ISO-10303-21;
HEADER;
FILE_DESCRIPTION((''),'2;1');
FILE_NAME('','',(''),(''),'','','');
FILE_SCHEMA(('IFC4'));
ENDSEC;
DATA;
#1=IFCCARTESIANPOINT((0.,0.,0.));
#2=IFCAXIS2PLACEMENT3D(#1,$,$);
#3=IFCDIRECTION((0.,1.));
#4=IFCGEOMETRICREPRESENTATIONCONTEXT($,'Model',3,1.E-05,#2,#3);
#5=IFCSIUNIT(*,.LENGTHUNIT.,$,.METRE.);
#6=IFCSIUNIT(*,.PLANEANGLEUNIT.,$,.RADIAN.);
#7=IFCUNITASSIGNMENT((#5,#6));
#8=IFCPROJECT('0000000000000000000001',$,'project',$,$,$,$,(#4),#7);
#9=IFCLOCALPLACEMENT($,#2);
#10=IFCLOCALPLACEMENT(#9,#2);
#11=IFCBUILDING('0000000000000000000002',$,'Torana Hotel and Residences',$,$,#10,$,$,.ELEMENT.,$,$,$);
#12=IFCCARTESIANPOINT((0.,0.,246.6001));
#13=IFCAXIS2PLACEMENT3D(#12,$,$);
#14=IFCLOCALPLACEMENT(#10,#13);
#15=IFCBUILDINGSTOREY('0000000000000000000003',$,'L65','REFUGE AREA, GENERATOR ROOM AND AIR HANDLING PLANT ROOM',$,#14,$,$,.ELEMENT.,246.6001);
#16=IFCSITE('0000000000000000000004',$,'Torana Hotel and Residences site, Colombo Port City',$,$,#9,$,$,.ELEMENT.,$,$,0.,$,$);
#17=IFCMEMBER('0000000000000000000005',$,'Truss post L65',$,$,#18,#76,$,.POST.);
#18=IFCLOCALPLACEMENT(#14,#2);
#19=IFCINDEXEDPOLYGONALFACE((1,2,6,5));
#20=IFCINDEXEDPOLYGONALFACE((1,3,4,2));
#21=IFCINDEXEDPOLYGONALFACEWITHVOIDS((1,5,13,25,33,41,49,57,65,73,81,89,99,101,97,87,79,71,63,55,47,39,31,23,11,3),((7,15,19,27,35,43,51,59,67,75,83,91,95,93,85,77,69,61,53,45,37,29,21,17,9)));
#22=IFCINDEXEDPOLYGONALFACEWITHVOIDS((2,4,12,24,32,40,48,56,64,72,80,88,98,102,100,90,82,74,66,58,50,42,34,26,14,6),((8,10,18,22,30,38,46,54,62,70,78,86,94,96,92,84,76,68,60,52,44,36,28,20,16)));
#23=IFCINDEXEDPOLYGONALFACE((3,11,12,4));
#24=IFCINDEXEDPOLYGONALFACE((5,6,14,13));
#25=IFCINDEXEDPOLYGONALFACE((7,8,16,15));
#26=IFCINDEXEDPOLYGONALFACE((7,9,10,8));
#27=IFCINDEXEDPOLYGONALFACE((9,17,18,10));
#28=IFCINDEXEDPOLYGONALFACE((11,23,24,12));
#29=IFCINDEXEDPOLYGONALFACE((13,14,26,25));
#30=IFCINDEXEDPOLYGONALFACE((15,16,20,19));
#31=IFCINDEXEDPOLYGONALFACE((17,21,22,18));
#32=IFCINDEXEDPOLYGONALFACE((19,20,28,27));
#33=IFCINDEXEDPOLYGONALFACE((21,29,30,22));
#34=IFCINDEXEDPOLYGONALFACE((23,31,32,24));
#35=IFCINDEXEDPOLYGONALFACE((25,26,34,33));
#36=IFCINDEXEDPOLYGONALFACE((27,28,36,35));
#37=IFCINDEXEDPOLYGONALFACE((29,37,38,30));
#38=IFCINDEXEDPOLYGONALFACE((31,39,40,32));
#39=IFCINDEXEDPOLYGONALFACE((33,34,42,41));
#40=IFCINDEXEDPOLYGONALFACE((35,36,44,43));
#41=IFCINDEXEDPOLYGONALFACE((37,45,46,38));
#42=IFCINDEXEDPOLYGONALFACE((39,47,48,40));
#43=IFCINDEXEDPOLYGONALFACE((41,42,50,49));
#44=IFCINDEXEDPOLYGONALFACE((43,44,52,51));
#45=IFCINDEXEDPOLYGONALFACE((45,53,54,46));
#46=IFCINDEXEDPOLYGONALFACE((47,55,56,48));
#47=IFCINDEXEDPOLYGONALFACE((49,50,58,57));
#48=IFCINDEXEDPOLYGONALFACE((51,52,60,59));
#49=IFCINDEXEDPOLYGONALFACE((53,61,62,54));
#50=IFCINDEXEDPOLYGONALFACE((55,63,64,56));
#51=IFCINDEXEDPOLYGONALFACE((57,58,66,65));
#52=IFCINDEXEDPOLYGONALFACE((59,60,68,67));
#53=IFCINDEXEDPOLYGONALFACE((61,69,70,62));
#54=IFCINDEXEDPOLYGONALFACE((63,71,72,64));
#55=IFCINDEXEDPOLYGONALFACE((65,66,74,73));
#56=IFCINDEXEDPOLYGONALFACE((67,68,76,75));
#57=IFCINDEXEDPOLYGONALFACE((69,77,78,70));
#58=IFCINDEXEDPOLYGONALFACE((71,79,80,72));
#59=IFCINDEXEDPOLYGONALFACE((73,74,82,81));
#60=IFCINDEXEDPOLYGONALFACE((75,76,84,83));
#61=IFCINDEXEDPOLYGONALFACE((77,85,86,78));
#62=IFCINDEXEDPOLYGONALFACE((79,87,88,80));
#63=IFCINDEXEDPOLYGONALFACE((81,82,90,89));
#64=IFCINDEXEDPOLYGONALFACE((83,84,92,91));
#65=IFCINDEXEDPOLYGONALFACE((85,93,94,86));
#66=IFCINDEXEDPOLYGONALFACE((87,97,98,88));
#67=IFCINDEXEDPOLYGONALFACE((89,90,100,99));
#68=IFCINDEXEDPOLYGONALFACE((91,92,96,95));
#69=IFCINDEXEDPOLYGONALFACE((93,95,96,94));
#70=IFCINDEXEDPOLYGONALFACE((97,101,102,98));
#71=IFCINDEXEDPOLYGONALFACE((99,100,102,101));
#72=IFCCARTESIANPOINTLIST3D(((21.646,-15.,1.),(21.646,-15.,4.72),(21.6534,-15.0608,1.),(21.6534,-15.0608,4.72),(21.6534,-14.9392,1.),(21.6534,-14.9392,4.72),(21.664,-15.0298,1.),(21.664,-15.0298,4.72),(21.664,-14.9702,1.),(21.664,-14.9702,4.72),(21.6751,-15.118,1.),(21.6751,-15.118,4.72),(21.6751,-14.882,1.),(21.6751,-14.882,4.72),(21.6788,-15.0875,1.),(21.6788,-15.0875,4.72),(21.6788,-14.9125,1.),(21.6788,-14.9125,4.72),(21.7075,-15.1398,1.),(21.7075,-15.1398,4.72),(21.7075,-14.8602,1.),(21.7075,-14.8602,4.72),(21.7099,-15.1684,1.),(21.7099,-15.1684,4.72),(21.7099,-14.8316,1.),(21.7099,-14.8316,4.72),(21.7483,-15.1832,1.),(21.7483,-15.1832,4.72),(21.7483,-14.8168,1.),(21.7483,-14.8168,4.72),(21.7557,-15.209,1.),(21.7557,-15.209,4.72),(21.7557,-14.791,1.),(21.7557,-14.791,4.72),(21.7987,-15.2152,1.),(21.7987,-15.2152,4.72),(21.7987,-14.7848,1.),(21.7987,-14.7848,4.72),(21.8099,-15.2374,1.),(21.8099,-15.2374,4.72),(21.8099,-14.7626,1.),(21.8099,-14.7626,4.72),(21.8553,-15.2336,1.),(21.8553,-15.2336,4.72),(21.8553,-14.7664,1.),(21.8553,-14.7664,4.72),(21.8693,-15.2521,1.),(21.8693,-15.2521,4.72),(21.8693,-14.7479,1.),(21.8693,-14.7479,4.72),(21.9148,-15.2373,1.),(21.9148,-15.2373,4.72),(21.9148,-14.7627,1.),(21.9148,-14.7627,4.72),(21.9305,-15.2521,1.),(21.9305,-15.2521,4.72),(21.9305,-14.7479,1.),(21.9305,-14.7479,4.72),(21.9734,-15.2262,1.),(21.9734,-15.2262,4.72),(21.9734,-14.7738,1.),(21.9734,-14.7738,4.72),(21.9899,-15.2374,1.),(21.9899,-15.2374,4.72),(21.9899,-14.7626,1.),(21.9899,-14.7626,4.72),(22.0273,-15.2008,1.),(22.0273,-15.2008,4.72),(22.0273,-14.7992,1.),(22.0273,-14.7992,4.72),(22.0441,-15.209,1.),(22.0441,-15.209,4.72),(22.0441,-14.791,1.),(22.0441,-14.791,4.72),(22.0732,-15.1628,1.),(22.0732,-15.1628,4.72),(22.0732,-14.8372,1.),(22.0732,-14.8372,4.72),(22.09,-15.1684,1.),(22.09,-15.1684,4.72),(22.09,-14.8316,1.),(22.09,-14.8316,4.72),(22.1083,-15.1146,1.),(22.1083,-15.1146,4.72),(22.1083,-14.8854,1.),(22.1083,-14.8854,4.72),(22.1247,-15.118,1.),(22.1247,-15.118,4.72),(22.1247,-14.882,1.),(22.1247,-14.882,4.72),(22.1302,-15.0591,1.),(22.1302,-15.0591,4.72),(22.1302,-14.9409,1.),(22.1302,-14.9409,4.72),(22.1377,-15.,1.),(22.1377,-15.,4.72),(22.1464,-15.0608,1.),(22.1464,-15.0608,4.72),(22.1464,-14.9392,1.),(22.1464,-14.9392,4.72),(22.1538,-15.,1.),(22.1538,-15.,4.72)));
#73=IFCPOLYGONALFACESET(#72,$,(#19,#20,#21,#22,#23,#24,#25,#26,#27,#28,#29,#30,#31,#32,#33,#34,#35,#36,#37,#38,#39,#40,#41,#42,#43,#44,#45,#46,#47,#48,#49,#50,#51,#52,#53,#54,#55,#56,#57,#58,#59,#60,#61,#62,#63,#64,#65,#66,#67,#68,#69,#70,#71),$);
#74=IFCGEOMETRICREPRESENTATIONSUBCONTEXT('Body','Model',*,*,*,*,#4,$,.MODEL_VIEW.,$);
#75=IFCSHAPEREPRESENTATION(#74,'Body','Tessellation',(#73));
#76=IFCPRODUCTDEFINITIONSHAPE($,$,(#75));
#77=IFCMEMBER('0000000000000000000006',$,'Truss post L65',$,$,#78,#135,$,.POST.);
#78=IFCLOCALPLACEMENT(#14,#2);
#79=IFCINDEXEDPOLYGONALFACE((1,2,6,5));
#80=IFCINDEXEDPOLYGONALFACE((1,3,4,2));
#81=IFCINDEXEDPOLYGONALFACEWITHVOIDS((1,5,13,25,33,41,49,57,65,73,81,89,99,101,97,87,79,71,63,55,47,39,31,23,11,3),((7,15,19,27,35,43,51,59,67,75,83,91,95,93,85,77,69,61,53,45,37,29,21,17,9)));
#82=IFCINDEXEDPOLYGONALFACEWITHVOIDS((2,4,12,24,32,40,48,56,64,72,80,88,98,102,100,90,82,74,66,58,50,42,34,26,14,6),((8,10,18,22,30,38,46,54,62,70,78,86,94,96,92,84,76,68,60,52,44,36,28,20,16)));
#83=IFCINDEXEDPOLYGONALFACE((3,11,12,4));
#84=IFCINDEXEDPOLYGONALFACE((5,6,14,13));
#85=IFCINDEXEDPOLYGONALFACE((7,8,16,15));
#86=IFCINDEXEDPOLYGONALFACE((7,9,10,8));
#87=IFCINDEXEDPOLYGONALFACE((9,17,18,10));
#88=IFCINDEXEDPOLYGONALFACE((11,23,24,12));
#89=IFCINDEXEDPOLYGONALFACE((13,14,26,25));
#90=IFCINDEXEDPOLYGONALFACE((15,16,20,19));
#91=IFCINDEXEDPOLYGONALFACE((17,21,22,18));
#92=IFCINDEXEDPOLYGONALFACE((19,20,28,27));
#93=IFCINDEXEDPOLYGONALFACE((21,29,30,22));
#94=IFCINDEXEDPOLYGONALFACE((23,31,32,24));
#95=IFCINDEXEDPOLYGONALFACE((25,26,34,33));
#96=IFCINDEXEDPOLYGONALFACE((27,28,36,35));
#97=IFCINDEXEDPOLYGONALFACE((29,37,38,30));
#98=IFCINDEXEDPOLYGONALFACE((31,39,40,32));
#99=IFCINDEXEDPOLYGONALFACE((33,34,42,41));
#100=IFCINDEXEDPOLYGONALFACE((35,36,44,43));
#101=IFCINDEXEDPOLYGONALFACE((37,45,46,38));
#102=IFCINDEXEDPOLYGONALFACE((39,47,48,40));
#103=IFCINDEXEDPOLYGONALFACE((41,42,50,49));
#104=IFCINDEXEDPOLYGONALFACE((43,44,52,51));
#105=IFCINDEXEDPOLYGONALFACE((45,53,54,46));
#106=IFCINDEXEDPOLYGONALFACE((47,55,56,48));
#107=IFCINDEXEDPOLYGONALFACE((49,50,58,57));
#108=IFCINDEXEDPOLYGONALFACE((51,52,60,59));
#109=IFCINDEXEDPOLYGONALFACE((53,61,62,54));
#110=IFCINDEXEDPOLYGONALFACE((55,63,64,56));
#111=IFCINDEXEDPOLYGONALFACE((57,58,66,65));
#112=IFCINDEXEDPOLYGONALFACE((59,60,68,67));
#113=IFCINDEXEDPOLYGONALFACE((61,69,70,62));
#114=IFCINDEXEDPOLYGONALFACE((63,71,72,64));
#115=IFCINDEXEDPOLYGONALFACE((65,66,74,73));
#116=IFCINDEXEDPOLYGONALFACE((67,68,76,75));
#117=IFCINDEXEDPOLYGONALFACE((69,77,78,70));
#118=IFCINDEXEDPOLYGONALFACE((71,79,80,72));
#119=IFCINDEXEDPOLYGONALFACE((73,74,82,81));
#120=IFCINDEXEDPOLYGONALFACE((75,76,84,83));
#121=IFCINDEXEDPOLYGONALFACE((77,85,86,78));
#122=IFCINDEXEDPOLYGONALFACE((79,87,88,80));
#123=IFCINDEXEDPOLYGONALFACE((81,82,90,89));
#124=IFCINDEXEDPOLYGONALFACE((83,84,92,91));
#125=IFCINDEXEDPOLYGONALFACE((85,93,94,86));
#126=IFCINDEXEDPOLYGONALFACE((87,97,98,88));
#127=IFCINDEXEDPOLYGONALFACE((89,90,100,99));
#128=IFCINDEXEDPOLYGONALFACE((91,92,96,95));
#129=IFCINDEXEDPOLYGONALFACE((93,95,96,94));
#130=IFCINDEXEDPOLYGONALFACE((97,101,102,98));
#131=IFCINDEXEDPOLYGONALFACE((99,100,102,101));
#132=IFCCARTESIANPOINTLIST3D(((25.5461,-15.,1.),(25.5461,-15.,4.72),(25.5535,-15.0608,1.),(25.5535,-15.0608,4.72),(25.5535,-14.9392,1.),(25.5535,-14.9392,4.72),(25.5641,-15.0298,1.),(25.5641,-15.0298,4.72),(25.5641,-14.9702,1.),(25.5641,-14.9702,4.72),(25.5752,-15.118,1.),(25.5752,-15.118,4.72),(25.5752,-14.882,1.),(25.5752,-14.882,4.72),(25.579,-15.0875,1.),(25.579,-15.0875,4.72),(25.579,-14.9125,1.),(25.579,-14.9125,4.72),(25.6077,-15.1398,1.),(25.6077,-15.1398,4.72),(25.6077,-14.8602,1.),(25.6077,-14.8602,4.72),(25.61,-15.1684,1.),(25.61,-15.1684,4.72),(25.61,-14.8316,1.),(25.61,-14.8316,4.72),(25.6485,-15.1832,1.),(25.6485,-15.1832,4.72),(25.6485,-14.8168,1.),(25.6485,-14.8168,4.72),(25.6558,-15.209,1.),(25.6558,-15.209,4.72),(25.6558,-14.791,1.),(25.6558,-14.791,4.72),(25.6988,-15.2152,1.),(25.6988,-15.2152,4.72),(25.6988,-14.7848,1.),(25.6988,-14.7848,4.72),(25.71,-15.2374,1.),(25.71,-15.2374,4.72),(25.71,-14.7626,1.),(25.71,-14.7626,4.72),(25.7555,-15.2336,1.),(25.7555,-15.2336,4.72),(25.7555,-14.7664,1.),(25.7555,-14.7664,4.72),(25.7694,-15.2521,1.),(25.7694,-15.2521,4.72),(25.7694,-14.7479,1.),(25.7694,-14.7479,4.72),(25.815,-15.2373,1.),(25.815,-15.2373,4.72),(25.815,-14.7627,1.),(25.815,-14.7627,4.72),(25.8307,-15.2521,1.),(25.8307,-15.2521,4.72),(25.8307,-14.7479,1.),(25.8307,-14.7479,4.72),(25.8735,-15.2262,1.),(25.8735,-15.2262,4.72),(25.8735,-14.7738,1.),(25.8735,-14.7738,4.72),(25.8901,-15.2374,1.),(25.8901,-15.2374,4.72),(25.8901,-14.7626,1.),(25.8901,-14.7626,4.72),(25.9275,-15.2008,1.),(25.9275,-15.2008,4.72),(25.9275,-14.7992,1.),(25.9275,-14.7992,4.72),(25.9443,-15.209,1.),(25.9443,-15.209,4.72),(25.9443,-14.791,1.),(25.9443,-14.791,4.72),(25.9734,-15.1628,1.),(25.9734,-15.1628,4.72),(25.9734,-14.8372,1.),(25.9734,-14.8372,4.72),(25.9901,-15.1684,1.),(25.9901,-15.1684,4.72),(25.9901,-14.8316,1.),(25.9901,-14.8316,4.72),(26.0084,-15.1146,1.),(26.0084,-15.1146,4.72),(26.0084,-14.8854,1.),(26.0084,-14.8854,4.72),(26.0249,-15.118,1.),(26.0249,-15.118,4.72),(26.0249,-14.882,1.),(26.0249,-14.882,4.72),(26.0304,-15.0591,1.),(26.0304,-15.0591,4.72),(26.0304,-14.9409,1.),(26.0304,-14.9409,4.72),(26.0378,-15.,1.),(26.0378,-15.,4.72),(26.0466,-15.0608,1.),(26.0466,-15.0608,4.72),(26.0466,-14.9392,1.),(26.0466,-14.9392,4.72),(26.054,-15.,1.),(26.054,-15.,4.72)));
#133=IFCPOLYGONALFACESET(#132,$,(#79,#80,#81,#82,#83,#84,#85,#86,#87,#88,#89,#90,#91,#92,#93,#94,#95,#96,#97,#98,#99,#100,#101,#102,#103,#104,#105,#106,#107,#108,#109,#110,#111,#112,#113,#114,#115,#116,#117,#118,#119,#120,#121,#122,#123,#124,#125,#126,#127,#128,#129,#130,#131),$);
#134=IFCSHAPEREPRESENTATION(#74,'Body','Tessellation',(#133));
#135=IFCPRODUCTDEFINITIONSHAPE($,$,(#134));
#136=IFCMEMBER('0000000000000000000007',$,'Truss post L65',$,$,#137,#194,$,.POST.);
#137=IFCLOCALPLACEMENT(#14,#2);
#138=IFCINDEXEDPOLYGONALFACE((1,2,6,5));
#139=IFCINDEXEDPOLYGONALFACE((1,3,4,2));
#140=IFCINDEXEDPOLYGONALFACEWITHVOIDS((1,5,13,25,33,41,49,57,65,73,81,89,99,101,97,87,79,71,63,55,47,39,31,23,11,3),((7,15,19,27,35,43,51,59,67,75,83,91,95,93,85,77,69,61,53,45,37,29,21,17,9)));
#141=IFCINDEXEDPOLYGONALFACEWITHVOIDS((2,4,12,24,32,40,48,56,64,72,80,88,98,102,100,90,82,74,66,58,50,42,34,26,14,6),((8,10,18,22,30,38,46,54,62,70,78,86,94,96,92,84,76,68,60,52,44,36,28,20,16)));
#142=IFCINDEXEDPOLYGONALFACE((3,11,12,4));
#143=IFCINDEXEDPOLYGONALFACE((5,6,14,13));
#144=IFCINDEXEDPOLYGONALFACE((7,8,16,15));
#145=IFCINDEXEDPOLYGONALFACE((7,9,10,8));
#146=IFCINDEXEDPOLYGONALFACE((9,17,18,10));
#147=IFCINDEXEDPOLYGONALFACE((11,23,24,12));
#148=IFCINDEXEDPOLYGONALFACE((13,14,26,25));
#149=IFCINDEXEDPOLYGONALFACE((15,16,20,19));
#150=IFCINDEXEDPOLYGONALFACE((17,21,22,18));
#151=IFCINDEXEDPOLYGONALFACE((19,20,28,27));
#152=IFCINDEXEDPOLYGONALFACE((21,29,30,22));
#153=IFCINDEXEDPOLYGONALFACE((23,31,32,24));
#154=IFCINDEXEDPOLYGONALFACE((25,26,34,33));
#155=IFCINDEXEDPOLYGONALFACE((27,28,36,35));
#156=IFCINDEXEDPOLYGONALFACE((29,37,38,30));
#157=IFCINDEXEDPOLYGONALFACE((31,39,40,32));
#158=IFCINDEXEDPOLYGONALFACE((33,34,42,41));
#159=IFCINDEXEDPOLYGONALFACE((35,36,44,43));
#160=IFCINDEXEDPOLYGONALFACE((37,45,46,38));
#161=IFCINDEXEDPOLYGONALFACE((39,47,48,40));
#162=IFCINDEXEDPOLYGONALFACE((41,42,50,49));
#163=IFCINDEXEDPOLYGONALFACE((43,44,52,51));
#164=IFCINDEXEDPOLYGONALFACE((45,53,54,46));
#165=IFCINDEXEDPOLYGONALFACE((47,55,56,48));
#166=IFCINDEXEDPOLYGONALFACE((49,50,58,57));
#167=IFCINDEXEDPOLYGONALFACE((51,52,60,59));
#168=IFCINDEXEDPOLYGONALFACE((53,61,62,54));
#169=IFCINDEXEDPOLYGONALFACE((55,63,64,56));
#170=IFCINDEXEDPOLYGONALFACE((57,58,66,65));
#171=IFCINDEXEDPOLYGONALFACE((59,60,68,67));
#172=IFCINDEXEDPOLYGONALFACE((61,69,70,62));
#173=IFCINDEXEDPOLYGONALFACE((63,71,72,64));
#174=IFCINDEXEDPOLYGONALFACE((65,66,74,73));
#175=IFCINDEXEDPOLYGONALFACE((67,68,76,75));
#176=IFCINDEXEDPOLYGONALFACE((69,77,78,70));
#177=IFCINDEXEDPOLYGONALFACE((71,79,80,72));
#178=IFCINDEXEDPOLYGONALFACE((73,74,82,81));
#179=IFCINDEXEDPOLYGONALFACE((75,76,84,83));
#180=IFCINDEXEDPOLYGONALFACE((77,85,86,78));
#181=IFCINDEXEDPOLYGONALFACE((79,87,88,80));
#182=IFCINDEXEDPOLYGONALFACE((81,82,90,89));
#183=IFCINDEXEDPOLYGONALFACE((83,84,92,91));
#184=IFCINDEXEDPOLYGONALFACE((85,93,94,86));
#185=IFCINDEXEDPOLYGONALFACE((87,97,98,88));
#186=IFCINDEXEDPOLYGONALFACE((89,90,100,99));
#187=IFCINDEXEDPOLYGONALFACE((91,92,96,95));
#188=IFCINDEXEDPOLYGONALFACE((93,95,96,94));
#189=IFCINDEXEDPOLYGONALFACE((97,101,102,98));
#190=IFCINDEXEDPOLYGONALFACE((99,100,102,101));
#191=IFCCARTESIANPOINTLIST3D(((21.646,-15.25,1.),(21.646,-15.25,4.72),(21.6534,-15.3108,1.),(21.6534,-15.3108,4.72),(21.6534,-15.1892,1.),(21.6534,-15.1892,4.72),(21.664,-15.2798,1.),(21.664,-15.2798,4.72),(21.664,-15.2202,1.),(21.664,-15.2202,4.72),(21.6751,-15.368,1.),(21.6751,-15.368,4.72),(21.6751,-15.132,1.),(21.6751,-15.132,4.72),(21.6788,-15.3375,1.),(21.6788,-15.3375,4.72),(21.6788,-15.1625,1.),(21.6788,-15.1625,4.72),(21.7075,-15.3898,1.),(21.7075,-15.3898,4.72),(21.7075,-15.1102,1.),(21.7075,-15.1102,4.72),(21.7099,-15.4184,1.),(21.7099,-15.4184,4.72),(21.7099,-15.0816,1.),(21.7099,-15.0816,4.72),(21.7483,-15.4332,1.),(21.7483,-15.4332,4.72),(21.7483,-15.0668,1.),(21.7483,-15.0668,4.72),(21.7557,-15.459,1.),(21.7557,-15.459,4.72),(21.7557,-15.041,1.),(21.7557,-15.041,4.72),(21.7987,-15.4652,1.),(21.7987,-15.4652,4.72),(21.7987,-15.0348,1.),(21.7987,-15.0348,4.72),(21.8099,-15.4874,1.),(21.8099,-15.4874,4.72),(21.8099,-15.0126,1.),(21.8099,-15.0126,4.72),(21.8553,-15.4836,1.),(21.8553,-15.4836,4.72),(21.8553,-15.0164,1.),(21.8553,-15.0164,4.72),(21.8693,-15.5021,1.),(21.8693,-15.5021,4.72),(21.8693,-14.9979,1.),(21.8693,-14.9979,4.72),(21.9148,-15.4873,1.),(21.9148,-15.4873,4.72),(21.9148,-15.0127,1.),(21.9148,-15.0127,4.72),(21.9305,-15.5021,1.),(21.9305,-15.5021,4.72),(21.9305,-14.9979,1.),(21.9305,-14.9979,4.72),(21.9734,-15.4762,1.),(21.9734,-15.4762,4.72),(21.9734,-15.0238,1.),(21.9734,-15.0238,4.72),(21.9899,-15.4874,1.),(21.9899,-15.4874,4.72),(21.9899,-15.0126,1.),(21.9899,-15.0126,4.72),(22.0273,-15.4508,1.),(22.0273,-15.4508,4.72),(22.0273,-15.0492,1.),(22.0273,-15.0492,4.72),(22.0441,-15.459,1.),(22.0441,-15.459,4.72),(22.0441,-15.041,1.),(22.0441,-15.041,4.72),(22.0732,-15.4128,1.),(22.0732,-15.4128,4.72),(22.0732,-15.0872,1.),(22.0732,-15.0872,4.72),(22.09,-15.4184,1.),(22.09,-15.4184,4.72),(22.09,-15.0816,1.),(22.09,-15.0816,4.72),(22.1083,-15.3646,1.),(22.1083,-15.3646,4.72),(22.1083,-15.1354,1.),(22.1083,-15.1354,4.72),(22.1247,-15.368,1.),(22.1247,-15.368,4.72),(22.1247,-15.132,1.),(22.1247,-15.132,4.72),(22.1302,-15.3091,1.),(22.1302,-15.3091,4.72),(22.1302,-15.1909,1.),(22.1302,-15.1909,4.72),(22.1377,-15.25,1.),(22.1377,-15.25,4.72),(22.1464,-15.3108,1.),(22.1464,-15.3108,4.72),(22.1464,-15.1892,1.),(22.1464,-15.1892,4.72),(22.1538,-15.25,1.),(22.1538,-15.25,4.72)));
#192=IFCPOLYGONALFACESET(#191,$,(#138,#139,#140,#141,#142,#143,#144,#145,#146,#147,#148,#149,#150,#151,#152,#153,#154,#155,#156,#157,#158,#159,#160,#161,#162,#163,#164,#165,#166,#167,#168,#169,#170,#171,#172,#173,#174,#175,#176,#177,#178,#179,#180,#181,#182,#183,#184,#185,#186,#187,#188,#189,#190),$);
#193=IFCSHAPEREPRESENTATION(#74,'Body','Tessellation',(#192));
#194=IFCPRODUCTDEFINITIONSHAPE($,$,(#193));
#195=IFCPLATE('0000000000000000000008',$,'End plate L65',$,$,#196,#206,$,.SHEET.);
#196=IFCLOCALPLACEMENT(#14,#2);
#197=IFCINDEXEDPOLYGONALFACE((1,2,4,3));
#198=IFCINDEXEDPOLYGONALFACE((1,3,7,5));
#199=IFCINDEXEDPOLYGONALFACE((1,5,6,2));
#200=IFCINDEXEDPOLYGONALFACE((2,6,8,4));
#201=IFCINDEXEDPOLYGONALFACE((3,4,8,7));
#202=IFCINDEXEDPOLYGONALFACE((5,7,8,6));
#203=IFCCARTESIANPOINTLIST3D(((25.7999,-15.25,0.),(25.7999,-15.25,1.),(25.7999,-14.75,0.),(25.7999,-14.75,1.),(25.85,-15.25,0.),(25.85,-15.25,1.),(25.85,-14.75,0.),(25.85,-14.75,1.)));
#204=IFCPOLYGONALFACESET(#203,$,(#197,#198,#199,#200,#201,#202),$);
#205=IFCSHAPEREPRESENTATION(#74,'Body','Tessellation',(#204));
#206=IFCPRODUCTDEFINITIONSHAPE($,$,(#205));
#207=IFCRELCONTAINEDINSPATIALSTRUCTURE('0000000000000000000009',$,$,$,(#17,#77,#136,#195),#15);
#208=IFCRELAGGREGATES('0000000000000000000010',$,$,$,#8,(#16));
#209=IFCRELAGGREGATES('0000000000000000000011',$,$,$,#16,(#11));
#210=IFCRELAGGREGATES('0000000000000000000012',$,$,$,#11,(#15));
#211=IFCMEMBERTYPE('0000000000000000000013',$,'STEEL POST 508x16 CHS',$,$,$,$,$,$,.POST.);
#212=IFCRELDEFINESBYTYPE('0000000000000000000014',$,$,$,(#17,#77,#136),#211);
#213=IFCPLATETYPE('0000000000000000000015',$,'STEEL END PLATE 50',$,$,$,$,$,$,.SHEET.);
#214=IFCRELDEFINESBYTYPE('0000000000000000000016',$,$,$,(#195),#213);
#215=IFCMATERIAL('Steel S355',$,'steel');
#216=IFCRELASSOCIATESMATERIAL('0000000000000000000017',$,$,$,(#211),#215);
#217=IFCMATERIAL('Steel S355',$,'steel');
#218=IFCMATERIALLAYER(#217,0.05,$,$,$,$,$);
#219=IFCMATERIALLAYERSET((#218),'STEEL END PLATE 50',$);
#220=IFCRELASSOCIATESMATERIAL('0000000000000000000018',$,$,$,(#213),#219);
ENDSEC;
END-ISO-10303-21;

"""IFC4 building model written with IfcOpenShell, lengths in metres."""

from ifc_helpers import new_model, si_unit, direction, frame, origin, origin_2d, place, context, subcontext, project, spatial, rectangle, hollow_circle, extrude, material, layer, layer_set, material_profile, profile_set, type_object, element, save


model = new_model("IFC4")

# Units and contexts
model_context = context("Model", 3, precision=1e-05, world=origin(), true_north=direction((0.0, 1.0)))
body_context = subcontext(model_context, "Body", "Model", "MODEL_VIEW")
ifc_project = project(units=[si_unit("LENGTHUNIT", "METRE"), si_unit("PLANEANGLEUNIT", "RADIAN")], contexts=[model_context])

# Site, building, storey
site_placement = place(None, origin())
site = spatial("IfcSite", under=ifc_project, at=site_placement, Name="Torana Hotel and Residences site, Colombo Port City", CompositionType="ELEMENT", RefElevation=0.0)
building_placement = place(site_placement, origin())
building = spatial("IfcBuilding", under=site, at=building_placement, Name="Torana Hotel and Residences", CompositionType="ELEMENT")
storey_placement = place(building_placement, frame((0.0, 0.0, 246.6001)))
storey = spatial("IfcBuildingStorey", under=building, at=storey_placement, Name="L65", Description="REFUGE AREA, GENERATOR ROOM AND AIR HANDLING PLANT ROOM", CompositionType="ELEMENT", Elevation=246.6001)

# Members
ifc_material_1 = material(Name="Steel S355", Category="steel")
ifc_material_profile_1 = material_profile(ifc_material_1, hollow_circle(Radius=0.2539, WallThickness=0.0161, at=origin_2d()), Name="508x16 CHS")
ifc_profile_set_1 = profile_set([ifc_material_profile_1], Name="Steel S355")
member_type_1 = type_object("IfcMemberType", Name="STEEL POST 508x16 CHS", PredefinedType="POST", material=ifc_profile_set_1)
for number, where, z_axis, x_axis, name in (
    (1, (21.8999, -15.0, 1.0), (0.0, 0.0, 1.0), (1.0, 0.0, 0.0), "Truss post L65"),
    (2, (25.8, -15.0, 1.0), (0.0, 0.0, 1.0), (1.0, 0.0, 0.0), "Truss post L65"),
    (3, (21.8999, -15.25, 1.0), (0.0, 0.0, 1.0), (1.0, 0.0, 0.0), "Truss post L65"),
):
    element("IfcMember", number, at=place(storey_placement, frame(where, z_axis=z_axis, x_axis=x_axis)), inside=storey, type_object=member_type_1, Name=name, PredefinedType="POST", context=body_context, shape_type="SweptSolid", body=[
        extrude(hollow_circle(Radius=0.2539, WallThickness=0.0161, at=origin_2d()), origin(), (0.0, 0.0, 1.0), 3.72),
    ])

# Plate
ifc_material_2 = material(Name="Steel S355", Category="steel")
ifc_layer_1 = layer(ifc_material_2, 0.05)
ifc_layer_set_1 = layer_set([ifc_layer_1], Name="STEEL END PLATE 50")
plate_type = type_object("IfcPlateType", Name="STEEL END PLATE 50", PredefinedType="SHEET", material=ifc_layer_set_1)
for number, where, z_axis, x_axis, name in (
    (4, (25.825, -15.0, 0.0), (0.0, 0.0, 1.0), (1.0, 0.0, 0.0), "End plate L65"),
):
    element("IfcPlate", number, at=place(storey_placement, frame(where, z_axis=z_axis, x_axis=x_axis)), inside=storey, type_object=plate_type, Name=name, PredefinedType="SHEET", context=body_context, shape_type="SweptSolid", body=[
        extrude(rectangle(XDim=0.05, YDim=0.5, at=origin_2d()), origin(), (0.0, 0.0, 1.0), 1.0),
    ])

save(model, "model.ifc")
